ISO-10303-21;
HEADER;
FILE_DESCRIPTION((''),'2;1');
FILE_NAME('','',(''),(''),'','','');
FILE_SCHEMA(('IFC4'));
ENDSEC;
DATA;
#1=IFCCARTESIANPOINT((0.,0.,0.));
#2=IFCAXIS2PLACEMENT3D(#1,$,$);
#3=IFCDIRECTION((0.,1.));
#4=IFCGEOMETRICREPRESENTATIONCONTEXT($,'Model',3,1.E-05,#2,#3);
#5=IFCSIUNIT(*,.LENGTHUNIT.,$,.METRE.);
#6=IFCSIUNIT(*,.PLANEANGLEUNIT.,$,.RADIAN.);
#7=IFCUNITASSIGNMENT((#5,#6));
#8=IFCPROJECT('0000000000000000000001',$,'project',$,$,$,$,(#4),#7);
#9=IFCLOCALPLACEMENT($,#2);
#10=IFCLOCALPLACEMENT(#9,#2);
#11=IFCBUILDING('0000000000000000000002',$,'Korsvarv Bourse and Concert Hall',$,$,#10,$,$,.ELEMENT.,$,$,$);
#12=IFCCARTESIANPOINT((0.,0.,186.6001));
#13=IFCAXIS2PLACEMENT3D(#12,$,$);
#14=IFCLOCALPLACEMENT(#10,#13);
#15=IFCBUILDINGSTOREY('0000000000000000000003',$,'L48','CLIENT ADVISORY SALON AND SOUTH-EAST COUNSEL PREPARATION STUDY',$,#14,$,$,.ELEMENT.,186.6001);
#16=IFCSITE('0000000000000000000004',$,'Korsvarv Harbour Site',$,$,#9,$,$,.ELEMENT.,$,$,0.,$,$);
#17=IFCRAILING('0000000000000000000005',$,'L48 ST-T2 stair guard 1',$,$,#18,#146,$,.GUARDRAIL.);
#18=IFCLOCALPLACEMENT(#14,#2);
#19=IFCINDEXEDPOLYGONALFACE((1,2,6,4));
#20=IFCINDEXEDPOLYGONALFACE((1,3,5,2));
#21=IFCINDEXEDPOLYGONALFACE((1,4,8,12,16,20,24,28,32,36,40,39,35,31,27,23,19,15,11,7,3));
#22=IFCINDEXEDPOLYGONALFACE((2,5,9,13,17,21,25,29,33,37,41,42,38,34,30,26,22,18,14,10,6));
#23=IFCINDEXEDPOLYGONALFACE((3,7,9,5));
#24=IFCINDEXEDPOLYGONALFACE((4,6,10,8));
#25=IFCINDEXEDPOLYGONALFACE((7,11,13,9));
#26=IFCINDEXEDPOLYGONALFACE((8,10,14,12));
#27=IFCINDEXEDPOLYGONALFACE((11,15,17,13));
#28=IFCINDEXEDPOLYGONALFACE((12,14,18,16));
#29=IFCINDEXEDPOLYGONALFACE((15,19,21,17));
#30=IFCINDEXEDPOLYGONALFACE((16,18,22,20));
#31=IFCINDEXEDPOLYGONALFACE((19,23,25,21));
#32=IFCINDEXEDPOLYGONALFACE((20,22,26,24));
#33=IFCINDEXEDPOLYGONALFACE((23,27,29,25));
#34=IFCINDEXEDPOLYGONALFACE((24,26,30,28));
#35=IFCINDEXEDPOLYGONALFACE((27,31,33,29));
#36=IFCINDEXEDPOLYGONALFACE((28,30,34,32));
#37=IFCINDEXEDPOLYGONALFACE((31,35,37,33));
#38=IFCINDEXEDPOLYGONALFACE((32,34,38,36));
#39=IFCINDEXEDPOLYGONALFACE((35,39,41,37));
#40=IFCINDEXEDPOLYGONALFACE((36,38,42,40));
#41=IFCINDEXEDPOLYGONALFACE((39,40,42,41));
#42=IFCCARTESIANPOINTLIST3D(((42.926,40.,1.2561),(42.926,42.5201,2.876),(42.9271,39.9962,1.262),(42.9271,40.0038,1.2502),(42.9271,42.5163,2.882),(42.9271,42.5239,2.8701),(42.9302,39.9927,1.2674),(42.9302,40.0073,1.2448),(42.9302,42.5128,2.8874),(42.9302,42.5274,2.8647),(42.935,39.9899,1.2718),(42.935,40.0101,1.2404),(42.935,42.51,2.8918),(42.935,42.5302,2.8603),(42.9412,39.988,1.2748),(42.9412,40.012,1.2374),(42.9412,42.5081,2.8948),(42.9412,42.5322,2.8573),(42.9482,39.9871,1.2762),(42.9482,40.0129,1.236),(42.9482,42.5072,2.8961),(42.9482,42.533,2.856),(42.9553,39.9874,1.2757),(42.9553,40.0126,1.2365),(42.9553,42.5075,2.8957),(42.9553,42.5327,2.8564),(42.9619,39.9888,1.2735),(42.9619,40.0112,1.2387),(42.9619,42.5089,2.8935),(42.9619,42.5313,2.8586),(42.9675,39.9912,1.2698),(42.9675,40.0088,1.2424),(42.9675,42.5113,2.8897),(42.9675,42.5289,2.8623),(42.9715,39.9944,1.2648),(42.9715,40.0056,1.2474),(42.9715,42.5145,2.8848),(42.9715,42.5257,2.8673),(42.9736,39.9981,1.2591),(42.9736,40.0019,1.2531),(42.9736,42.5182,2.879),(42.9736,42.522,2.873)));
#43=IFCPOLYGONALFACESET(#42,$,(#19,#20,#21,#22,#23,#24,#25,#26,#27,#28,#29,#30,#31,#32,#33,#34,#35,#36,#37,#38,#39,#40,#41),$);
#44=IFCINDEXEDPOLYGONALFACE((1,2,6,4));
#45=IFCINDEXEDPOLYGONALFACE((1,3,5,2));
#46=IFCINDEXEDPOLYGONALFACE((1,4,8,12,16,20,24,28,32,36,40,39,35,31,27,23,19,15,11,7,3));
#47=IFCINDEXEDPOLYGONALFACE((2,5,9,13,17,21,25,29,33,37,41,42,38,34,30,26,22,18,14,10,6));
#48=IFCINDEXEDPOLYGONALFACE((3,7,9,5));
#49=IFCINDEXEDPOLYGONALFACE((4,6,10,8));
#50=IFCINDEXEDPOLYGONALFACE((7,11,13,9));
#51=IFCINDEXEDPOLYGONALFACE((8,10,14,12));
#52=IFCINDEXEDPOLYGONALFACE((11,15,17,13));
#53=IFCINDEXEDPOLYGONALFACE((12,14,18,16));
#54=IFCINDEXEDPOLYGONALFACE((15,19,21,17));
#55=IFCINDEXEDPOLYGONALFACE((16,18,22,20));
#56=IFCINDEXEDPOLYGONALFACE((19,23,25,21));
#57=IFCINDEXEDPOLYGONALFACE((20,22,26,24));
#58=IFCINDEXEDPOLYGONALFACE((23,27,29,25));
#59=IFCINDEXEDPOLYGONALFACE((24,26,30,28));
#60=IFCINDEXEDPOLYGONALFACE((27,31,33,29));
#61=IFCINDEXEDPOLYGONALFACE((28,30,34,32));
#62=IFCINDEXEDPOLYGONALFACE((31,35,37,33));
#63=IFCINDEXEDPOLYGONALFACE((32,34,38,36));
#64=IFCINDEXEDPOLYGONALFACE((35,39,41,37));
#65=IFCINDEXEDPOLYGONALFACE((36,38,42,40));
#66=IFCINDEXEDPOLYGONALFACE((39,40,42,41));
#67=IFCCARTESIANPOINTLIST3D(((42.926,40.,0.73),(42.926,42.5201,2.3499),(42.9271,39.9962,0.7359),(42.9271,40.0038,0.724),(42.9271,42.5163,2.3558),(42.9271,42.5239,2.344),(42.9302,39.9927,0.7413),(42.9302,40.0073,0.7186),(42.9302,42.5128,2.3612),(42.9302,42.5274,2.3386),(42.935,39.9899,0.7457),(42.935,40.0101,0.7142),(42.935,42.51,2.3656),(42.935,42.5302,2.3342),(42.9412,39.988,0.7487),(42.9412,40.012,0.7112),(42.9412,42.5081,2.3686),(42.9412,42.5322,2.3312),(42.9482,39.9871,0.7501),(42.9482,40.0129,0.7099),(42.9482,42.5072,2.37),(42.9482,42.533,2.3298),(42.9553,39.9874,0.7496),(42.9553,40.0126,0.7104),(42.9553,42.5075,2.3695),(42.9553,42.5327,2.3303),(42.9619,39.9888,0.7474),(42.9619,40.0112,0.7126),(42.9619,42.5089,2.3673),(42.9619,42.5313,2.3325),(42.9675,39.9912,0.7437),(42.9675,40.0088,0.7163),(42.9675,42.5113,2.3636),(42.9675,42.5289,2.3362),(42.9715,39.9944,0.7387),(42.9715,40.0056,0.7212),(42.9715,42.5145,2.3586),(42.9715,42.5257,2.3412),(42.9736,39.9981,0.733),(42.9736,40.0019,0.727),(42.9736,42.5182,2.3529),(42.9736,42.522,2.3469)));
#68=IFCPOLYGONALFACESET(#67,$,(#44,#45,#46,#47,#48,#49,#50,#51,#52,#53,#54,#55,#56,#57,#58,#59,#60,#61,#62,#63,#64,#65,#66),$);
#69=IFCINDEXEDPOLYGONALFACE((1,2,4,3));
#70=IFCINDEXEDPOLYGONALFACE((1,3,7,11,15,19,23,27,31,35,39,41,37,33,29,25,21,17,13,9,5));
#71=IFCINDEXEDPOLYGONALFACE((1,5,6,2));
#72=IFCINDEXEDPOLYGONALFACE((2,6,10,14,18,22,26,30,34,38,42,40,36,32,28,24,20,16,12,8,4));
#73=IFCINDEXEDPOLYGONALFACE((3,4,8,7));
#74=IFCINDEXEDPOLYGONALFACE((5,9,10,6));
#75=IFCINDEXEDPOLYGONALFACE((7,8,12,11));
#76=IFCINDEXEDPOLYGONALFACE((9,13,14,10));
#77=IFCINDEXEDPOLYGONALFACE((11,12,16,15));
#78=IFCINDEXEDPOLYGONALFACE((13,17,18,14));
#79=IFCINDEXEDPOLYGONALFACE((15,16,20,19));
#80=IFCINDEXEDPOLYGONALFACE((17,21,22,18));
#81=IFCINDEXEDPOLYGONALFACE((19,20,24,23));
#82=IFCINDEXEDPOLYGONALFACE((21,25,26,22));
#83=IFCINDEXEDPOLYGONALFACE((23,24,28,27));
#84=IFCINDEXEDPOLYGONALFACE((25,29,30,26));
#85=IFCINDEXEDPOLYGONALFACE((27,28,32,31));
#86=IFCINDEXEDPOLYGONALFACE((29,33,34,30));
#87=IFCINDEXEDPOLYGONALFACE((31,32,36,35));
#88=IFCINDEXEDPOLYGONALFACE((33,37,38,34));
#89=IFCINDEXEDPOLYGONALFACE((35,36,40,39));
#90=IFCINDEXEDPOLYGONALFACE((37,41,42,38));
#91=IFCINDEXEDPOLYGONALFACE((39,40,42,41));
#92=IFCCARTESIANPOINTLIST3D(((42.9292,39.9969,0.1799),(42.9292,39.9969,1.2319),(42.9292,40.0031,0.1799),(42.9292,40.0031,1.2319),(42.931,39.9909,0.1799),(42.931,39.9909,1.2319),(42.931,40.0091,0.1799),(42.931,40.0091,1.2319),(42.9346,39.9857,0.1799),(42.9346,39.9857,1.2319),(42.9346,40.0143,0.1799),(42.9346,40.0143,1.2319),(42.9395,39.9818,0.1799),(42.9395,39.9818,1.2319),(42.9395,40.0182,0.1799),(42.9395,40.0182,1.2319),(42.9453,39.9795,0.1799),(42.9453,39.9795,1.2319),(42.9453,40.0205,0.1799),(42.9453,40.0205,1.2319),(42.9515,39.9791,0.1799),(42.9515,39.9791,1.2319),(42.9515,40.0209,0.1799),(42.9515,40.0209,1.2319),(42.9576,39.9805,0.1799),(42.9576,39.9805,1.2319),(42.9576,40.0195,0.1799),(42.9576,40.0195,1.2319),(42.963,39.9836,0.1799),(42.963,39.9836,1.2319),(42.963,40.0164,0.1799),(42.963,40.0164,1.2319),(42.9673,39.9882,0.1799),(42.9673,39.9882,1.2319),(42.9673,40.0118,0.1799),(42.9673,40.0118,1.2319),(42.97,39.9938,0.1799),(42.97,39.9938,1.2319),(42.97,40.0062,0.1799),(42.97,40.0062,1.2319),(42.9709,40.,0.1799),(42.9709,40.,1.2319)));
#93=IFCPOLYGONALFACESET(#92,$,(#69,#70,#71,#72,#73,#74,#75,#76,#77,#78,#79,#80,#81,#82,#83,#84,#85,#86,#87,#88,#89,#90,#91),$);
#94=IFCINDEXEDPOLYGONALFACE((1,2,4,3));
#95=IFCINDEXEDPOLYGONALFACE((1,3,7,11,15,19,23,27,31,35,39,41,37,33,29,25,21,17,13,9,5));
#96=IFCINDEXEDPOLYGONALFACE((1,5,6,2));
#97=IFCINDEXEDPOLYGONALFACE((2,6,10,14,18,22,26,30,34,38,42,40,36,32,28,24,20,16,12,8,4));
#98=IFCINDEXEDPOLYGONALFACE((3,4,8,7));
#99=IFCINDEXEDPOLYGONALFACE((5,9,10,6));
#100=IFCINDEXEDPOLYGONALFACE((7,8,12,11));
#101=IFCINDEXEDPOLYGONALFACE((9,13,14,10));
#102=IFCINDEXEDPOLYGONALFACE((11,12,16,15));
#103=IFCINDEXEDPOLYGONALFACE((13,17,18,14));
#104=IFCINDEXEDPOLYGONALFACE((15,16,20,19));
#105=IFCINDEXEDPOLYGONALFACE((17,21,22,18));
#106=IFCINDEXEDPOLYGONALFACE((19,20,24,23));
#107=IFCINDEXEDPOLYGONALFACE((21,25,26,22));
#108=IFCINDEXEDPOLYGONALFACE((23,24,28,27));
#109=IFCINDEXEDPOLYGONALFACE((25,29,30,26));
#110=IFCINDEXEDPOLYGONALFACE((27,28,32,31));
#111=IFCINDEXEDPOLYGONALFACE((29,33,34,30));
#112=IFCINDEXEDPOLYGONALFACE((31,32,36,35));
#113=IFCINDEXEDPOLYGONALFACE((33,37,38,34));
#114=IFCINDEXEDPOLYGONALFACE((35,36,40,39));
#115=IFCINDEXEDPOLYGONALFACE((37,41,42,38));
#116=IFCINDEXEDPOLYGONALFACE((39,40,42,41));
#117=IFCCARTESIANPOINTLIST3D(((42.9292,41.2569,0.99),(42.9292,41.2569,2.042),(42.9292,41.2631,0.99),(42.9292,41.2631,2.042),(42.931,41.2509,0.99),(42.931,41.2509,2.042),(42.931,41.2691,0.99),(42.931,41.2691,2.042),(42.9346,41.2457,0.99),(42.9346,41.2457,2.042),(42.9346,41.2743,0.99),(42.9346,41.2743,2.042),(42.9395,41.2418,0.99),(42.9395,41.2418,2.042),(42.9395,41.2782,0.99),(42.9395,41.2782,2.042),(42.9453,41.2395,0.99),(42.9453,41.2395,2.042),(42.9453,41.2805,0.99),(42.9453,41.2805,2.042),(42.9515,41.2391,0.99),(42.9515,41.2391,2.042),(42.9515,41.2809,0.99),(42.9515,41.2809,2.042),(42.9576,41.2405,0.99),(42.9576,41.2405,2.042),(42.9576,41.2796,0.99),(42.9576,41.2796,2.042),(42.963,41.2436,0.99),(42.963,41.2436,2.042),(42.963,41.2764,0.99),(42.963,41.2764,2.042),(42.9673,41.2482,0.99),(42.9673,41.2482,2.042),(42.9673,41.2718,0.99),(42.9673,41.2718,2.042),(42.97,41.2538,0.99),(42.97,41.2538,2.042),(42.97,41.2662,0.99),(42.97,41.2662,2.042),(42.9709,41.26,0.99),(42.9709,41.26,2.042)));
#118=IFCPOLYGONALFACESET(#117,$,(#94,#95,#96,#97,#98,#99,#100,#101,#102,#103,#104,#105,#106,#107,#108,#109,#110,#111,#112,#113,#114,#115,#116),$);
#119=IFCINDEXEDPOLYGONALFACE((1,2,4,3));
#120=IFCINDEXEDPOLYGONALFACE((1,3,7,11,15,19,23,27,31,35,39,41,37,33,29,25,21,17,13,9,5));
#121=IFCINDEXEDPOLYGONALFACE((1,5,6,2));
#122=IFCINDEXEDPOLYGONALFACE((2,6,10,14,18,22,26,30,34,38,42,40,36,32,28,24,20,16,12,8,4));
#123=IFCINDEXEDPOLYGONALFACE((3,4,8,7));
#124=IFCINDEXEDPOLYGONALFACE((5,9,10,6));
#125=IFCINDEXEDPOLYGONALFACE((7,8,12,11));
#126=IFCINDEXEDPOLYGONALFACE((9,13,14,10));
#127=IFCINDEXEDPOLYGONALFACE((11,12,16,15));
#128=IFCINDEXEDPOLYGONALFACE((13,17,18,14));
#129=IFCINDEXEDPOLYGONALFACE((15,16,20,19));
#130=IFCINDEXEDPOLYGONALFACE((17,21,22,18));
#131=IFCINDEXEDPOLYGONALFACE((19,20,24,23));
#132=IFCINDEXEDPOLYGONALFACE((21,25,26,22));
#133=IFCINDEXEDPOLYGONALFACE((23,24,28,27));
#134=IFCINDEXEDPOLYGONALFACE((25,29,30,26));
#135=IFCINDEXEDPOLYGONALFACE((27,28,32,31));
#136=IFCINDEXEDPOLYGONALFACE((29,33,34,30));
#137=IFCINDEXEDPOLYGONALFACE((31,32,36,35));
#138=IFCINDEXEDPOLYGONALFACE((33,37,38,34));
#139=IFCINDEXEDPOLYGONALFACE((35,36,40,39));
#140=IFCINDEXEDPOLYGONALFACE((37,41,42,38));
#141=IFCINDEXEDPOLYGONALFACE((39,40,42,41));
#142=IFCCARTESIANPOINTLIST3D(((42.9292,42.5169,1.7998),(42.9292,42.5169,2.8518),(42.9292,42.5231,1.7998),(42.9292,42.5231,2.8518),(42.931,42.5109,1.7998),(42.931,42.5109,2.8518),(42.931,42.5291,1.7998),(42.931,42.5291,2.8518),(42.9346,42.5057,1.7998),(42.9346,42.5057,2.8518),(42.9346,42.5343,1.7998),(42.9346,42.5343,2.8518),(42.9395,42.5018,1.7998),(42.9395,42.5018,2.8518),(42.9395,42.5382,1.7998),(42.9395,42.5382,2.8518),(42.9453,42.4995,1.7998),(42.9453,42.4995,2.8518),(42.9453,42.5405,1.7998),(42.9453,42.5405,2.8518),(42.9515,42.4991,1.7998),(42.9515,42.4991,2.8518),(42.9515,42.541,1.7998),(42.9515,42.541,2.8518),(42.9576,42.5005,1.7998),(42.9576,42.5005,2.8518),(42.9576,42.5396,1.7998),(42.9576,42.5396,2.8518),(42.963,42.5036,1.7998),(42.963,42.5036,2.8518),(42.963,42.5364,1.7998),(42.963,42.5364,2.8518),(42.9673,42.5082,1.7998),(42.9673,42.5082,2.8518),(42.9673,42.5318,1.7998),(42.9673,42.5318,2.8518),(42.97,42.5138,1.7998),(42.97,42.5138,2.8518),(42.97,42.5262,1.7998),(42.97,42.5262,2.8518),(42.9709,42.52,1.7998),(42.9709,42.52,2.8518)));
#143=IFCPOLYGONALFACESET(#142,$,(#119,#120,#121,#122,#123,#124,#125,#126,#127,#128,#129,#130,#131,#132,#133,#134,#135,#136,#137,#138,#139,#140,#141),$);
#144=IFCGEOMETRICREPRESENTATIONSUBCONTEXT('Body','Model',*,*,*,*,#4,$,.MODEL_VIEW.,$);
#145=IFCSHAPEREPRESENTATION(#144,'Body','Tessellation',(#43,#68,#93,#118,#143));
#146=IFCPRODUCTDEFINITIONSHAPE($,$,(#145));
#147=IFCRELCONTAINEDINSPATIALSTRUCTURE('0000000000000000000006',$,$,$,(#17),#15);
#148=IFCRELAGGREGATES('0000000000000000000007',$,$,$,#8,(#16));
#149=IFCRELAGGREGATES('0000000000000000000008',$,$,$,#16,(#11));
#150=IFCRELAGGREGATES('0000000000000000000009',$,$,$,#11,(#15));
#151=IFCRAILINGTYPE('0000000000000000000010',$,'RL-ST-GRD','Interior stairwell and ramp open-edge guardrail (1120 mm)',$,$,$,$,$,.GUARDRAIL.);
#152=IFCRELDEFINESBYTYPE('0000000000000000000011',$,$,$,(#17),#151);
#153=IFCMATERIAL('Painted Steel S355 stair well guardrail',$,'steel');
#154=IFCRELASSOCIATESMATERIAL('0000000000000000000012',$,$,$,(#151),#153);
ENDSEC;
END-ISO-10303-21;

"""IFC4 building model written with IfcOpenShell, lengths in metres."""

from ifc_helpers import new_model, si_unit, direction, frame, origin, origin_2d, place, context, subcontext, project, spatial, circle, extrude, material, type_object, element, save


model = new_model("IFC4")

# Units and contexts
model_context = context("Model", 3, precision=1e-05, world=origin(), true_north=direction((0.0, 1.0)))
body_context = subcontext(model_context, "Body", "Model", "MODEL_VIEW")
ifc_project = project(units=[si_unit("LENGTHUNIT", "METRE"), si_unit("PLANEANGLEUNIT", "RADIAN")], contexts=[model_context])

# Site, building, storey
site_placement = place(None, origin())
site = spatial("IfcSite", under=ifc_project, at=site_placement, Name="Korsvarv Harbour Site", CompositionType="ELEMENT", RefElevation=0.0)
building_placement = place(site_placement, origin())
building = spatial("IfcBuilding", under=site, at=building_placement, Name="Korsvarv Bourse and Concert Hall", CompositionType="ELEMENT")
storey_placement = place(building_placement, frame((0.0, 0.0, 186.6001)))
storey = spatial("IfcBuildingStorey", under=building, at=storey_placement, Name="L48", Description="CLIENT ADVISORY SALON AND SOUTH-EAST COUNSEL PREPARATION STUDY", CompositionType="ELEMENT", Elevation=186.6001)

# Railing
ifc_material_1 = material(Name="Painted Steel S355 stair well guardrail", Category="steel")
railing_type_1 = type_object("IfcRailingType", Name="RL-ST-GRD", Description="Interior stairwell and ramp open-edge guardrail (1120 mm)", PredefinedType="GUARDRAIL", material=ifc_material_1)
railing_1_placement = place(storey_placement, frame((42.95, 40.0, 0.1799)))
element("IfcRailing", 1, at=railing_1_placement, inside=storey, type_object=railing_type_1, Name="L48 ST-T2 stair guard 1", PredefinedType="GUARDRAIL", context=body_context, shape_type="SweptSolid", body=[
    extrude(circle(Radius=0.0239, at=origin_2d()), frame((0.0, 0.0, 1.0762), z_axis=(0.0, 0.8412, 0.540725), x_axis=(-1.0, 0.0, 0.0)), (0.0, 0.0, 1.0), 2.9958),
    extrude(circle(Radius=0.0239, at=origin_2d()), frame((0.0, 0.0, 0.55), z_axis=(0.0, 0.8412, 0.540725), x_axis=(-1.0, 0.0, 0.0)), (0.0, 0.0, 1.0), 2.9958),
    extrude(circle(Radius=0.021, at=origin_2d()), origin(), (0.0, 0.0, 1.0), 1.052),
    extrude(circle(Radius=0.021, at=origin_2d()), frame((0.0, 1.26, 0.8101)), (0.0, 0.0, 1.0), 1.052),
    extrude(circle(Radius=0.021, at=origin_2d()), frame((0.0, 2.52, 1.6199)), (0.0, 0.0, 1.0), 1.052),
])

save(model, "model.ifc")
